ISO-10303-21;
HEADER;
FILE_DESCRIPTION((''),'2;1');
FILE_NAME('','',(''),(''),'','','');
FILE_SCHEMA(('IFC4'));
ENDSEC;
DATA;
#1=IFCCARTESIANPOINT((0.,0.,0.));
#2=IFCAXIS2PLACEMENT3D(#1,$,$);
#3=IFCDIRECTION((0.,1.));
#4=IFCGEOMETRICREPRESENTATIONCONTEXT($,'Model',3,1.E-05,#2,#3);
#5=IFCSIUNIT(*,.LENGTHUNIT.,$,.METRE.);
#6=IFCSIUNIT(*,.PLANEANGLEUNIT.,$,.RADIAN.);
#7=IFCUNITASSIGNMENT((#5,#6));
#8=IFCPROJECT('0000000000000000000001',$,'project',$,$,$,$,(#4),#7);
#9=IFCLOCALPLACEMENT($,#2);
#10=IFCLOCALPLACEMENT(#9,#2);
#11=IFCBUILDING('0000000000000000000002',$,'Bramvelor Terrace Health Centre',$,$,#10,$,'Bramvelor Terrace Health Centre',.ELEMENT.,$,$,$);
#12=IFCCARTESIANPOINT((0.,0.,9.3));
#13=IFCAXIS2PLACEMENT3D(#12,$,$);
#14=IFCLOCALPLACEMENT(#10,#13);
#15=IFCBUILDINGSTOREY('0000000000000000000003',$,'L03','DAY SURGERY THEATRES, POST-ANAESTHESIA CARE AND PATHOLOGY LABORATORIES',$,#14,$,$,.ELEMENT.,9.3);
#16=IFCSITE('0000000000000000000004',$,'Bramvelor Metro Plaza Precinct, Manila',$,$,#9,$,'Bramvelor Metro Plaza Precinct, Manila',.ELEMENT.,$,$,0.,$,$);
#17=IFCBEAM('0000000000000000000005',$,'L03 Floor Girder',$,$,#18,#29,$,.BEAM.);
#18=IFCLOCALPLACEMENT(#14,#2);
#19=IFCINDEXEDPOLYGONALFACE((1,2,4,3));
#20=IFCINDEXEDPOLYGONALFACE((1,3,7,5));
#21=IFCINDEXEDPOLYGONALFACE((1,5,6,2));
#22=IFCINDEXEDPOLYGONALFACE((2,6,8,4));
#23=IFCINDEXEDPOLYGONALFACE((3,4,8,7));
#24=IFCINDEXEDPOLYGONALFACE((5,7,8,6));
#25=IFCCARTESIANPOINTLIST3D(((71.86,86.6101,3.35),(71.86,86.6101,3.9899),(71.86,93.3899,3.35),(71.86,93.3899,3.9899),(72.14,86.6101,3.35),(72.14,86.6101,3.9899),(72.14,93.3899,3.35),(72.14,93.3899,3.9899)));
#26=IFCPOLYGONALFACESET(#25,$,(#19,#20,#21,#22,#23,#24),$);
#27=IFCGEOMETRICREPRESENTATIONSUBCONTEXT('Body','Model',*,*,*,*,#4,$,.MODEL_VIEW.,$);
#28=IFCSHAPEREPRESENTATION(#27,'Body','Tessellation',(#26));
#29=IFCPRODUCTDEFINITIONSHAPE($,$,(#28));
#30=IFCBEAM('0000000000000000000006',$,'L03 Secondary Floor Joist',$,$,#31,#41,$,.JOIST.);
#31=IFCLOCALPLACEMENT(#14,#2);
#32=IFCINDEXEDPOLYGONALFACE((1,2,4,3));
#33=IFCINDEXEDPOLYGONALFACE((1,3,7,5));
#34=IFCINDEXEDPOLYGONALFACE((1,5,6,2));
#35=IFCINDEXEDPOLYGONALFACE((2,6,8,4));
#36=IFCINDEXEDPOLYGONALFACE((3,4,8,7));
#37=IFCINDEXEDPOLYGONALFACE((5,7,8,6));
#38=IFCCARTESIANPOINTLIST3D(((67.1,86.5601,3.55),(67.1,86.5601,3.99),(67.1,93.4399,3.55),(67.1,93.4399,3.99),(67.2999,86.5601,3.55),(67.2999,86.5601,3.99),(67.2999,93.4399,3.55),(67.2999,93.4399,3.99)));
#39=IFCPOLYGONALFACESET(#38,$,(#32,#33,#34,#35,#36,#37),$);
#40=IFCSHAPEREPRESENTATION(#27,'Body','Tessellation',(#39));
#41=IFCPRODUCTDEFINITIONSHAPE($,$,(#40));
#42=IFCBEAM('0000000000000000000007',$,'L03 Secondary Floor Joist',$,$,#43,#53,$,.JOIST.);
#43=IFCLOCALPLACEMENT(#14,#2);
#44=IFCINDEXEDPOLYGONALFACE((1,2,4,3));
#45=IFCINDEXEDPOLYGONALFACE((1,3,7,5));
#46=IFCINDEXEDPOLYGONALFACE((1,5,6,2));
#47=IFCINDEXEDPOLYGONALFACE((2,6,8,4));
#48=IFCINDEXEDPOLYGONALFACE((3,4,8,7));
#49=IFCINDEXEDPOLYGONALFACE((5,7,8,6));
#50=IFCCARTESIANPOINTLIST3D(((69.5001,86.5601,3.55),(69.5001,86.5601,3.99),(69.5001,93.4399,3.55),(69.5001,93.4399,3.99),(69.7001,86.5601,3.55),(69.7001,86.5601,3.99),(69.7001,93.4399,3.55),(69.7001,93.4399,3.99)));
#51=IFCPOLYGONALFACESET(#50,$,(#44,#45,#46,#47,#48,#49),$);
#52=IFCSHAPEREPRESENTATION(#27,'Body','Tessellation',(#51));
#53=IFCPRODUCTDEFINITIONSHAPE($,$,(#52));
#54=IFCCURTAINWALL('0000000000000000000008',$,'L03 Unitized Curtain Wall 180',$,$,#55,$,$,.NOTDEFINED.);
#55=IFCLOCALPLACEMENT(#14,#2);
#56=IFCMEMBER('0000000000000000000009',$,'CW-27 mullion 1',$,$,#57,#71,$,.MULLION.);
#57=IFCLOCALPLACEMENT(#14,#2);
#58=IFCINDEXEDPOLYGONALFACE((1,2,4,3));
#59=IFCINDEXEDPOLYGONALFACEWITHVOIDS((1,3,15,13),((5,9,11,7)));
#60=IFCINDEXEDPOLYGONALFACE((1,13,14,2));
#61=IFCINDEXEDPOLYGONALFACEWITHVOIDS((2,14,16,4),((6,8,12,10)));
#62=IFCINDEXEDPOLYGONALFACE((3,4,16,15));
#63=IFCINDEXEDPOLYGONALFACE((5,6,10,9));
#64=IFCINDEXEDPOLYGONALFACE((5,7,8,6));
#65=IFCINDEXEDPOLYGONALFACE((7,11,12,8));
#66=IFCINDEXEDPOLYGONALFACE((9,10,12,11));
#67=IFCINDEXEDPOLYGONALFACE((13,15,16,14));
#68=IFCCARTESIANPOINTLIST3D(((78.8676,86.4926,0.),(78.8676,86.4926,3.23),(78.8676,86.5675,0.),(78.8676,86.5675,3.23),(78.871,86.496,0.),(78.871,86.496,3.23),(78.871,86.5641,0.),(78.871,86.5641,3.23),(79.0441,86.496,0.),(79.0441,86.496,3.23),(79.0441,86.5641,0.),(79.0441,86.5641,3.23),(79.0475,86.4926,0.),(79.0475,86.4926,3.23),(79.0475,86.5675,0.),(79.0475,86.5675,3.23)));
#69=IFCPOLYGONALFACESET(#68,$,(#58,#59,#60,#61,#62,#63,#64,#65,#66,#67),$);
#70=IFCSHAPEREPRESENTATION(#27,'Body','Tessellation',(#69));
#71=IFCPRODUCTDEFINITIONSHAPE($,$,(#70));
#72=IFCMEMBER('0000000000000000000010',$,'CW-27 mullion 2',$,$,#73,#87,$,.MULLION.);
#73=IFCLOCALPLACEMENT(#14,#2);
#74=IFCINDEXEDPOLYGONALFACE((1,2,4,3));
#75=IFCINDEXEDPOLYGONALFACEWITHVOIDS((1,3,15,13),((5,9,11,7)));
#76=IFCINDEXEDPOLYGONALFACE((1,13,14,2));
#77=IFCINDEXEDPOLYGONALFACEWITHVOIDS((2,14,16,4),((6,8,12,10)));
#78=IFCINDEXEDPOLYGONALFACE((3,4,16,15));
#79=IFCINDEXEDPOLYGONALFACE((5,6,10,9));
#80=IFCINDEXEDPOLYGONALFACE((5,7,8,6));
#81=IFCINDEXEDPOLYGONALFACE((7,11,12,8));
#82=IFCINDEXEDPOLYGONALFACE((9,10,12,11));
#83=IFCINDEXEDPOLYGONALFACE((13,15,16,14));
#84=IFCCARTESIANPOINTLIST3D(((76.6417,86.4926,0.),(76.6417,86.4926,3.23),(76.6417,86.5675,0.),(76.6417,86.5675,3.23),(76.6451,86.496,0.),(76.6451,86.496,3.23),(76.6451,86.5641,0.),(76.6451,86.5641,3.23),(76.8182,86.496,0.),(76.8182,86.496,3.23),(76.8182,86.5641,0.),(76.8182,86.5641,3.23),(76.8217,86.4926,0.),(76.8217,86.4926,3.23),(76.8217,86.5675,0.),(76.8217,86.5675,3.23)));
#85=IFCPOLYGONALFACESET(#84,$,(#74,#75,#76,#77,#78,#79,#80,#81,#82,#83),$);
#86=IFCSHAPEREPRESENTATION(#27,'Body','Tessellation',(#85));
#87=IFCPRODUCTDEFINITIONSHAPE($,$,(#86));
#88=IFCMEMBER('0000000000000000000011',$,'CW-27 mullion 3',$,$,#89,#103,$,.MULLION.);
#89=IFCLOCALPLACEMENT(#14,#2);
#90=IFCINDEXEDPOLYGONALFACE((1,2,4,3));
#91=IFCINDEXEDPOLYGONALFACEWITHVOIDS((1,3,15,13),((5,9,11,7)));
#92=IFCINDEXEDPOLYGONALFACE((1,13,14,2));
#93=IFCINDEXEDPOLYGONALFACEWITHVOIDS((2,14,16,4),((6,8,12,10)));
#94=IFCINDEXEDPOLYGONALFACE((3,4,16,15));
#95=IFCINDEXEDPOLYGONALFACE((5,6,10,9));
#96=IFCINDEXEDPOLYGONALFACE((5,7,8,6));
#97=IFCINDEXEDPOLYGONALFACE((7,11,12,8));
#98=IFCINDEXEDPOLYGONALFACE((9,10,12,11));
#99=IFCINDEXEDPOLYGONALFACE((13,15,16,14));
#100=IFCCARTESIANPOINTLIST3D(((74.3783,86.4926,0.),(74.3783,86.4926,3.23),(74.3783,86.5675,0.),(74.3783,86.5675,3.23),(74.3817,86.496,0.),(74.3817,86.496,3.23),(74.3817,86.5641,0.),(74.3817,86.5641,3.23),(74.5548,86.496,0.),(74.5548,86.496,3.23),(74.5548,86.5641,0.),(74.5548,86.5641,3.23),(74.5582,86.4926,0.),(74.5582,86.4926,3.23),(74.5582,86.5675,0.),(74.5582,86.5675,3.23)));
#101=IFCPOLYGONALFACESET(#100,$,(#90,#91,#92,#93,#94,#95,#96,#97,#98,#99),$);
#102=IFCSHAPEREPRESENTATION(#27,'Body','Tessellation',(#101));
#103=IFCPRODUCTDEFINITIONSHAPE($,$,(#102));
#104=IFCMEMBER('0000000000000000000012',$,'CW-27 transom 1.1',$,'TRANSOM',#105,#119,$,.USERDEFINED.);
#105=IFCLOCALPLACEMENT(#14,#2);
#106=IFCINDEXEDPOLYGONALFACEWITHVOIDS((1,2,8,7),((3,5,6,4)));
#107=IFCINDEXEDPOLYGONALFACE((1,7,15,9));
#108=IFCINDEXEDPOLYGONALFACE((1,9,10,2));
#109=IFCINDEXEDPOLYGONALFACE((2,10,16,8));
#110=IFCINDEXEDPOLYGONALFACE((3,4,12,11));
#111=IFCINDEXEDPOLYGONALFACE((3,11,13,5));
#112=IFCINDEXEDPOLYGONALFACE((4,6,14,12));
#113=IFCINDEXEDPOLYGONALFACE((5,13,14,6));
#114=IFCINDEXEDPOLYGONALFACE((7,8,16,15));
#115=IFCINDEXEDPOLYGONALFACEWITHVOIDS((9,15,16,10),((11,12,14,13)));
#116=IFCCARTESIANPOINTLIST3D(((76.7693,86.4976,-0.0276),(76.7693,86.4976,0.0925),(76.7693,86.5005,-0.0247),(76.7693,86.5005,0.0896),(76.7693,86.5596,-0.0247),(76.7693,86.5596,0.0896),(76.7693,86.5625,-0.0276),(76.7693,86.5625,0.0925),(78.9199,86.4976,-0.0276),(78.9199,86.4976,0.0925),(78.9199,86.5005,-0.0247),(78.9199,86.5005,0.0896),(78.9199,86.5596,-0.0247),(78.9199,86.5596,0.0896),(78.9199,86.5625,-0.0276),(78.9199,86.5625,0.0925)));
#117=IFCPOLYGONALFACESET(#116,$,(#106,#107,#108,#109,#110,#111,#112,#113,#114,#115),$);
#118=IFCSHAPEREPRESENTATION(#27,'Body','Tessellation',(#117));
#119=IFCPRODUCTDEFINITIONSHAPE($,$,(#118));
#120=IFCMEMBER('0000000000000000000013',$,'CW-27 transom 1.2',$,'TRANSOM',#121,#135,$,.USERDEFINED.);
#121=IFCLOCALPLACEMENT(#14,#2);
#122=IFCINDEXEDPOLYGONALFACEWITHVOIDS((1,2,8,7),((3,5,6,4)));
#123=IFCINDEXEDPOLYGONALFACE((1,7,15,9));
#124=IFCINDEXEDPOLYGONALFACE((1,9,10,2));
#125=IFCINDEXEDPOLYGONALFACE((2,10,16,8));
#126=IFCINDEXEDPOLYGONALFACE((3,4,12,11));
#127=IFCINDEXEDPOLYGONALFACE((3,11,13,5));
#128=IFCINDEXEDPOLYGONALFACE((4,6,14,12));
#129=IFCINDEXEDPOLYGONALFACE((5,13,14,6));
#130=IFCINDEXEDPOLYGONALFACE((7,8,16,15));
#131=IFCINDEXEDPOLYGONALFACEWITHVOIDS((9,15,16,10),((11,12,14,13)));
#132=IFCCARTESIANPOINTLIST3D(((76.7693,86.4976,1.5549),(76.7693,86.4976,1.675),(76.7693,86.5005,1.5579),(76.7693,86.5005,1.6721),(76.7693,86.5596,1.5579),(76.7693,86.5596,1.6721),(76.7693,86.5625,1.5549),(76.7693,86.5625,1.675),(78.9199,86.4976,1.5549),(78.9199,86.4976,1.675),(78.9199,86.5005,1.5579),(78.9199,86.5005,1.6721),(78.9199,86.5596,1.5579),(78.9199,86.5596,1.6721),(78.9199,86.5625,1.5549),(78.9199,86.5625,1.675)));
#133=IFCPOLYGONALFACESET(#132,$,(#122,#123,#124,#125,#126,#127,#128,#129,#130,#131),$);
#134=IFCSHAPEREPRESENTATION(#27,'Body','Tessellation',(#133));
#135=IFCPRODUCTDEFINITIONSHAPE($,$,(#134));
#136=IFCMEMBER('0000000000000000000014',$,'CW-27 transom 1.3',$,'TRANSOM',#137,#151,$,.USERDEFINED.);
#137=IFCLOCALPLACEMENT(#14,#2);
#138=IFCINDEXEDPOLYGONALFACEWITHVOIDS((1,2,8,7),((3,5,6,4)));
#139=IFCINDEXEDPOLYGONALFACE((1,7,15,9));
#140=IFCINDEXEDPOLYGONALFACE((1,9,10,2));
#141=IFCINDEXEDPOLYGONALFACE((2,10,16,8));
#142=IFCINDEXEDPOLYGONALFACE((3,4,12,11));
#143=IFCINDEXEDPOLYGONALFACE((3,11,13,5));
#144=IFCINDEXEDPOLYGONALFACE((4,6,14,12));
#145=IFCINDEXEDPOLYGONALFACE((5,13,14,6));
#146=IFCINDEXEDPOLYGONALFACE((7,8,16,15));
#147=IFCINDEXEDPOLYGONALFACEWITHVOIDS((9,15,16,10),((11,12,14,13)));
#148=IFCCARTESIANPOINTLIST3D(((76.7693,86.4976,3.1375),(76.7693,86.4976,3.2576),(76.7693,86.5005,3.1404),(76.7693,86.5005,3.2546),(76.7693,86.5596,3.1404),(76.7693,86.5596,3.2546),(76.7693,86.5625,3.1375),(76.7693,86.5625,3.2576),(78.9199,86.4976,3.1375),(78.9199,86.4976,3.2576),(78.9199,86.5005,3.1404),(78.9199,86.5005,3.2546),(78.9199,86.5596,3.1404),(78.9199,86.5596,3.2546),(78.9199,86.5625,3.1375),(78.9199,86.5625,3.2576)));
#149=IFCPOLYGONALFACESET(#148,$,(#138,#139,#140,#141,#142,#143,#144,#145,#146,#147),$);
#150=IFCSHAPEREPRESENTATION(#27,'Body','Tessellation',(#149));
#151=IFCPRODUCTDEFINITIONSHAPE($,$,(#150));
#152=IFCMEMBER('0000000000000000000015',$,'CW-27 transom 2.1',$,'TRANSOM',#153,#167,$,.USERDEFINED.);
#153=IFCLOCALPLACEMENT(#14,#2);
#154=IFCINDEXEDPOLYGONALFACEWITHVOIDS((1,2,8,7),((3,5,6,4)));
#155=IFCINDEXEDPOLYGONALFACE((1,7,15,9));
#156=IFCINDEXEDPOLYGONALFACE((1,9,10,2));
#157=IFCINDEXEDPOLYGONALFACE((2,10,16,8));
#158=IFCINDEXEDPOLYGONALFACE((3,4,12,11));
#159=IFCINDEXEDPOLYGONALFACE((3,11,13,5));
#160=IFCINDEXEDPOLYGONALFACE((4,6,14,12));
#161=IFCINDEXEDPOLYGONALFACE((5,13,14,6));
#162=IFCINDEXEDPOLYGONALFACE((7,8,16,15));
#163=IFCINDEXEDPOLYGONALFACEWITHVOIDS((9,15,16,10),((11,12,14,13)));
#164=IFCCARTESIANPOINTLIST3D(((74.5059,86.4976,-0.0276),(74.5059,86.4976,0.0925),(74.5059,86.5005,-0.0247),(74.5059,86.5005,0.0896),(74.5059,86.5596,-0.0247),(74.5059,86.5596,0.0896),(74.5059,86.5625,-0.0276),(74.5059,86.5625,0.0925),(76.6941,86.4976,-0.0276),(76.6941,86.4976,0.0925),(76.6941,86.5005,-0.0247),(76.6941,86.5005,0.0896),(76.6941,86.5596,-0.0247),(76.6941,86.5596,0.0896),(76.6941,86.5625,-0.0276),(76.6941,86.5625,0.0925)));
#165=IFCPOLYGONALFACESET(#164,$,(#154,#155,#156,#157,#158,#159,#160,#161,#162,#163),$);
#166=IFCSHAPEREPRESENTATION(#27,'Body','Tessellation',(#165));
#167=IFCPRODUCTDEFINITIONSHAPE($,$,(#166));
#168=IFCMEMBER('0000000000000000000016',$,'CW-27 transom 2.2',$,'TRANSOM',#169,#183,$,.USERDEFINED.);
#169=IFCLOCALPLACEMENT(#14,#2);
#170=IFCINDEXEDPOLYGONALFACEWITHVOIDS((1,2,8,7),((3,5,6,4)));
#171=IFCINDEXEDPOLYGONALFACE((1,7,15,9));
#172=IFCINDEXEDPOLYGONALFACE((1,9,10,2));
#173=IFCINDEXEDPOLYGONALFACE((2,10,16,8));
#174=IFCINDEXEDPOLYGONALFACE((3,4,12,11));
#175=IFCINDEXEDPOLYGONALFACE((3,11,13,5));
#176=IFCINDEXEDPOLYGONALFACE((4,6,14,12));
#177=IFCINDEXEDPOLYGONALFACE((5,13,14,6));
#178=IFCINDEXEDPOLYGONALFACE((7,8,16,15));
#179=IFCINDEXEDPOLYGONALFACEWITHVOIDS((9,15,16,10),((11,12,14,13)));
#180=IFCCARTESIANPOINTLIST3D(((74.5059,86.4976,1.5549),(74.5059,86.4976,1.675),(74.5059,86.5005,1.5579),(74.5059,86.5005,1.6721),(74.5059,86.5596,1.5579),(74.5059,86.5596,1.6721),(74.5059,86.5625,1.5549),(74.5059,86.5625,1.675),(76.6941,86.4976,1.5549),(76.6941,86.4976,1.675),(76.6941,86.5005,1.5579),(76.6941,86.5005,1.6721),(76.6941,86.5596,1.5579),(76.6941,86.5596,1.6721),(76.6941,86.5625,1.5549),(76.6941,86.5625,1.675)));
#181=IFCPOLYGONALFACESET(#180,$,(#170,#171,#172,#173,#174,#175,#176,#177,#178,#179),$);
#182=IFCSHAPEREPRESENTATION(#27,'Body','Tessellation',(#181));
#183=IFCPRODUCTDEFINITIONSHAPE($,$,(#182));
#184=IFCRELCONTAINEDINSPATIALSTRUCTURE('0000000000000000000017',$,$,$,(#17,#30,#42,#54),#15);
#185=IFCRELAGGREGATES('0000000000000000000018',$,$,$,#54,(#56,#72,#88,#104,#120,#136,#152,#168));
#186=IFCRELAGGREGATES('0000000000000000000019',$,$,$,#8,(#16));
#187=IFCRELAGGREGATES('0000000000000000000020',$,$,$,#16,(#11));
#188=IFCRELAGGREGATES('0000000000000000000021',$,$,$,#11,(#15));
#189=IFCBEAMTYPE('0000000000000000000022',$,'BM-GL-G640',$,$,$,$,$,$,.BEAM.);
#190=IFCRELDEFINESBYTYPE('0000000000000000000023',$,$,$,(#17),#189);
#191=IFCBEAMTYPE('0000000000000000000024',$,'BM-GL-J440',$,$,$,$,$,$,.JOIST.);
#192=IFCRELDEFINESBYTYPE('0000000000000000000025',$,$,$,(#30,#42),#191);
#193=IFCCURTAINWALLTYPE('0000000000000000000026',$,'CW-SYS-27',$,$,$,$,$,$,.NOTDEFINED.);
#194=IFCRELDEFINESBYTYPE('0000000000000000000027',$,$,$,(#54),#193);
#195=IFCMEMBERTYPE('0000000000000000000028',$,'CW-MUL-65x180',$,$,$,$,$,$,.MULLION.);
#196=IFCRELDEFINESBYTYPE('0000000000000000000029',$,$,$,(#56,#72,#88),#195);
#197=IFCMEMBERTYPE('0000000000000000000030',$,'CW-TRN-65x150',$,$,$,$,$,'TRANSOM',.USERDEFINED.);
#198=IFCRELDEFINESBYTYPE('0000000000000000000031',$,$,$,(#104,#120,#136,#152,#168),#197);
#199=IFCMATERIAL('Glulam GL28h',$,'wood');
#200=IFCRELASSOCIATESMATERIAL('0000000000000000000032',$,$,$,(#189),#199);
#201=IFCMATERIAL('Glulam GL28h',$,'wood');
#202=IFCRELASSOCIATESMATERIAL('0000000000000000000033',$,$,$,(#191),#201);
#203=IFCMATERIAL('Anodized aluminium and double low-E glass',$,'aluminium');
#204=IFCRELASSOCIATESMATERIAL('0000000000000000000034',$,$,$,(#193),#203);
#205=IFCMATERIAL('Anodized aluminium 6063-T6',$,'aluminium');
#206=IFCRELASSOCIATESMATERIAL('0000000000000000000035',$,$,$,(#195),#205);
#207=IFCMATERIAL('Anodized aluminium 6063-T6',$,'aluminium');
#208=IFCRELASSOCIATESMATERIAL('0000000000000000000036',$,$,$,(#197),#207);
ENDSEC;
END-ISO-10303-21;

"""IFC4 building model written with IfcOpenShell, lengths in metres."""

from ifc_helpers import new_model, si_unit, direction, frame, origin, origin_2d, place, context, subcontext, project, spatial, rectangle, hollow_rectangle, extrude, material, material_profile, profile_set, type_object, element, aggregate, save


model = new_model("IFC4")

# Units and contexts
model_context = context("Model", 3, precision=1e-05, world=origin(), true_north=direction((0.0, 1.0)))
body_context = subcontext(model_context, "Body", "Model", "MODEL_VIEW")
ifc_project = project(units=[si_unit("LENGTHUNIT", "METRE"), si_unit("PLANEANGLEUNIT", "RADIAN")], contexts=[model_context])

# Site, building, storey
site_placement = place(None, origin())
site = spatial("IfcSite", under=ifc_project, at=site_placement, Name="Bramvelor Metro Plaza Precinct, Manila", LongName="Bramvelor Metro Plaza Precinct, Manila", CompositionType="ELEMENT", RefElevation=0.0)
building_placement = place(site_placement, origin())
building = spatial("IfcBuilding", under=site, at=building_placement, Name="Bramvelor Terrace Health Centre", LongName="Bramvelor Terrace Health Centre", CompositionType="ELEMENT")
storey_placement = place(building_placement, frame((0.0, 0.0, 9.3)))
storey = spatial("IfcBuildingStorey", under=building, at=storey_placement, Name="L03", Description="DAY SURGERY THEATRES, POST-ANAESTHESIA CARE AND PATHOLOGY LABORATORIES", CompositionType="ELEMENT", Elevation=9.3)

# Beams
ifc_material_1 = material(Name="Glulam GL28h", Category="wood")
ifc_material_profile_1 = material_profile(ifc_material_1, rectangle(XDim=0.28, YDim=0.6399, at=origin_2d()), Name="GL 280x640")
ifc_profile_set_1 = profile_set([ifc_material_profile_1], Name="Glulam GL28h")
beam_type_1 = type_object("IfcBeamType", Name="BM-GL-G640", PredefinedType="BEAM", material=ifc_profile_set_1)
beam_placement = place(storey_placement, frame((72.0, 86.6101, 3.6699), z_axis=(0.0, 1.0, 0.0), x_axis=(-1.0, 0.0, 0.0)))
element("IfcBeam", 1, at=beam_placement, inside=storey, type_object=beam_type_1, Name="L03 Floor Girder", PredefinedType="BEAM", context=body_context, shape_type="SweptSolid", body=[
    extrude(rectangle(XDim=0.28, YDim=0.6399, at=origin_2d()), origin(), (0.0, 0.0, 1.0), 6.7798),
])
ifc_material_2 = material(Name="Glulam GL28h", Category="wood")
ifc_material_profile_2 = material_profile(ifc_material_2, rectangle(XDim=0.2, YDim=0.4399, at=origin_2d()), Name="GL 200x440")
ifc_profile_set_2 = profile_set([ifc_material_profile_2], Name="Glulam GL28h")
beam_type_2 = type_object("IfcBeamType", Name="BM-GL-J440", PredefinedType="JOIST", material=ifc_profile_set_2)
for number, where, z_axis, x_axis, name in (
    (2, (67.2, 86.5601, 3.77), (0.0, 1.0, 0.0), (-1.0, 0.0, 0.0), "L03 Secondary Floor Joist"),
    (3, (69.6001, 86.5601, 3.77), (0.0, 1.0, 0.0), (-1.0, 0.0, 0.0), "L03 Secondary Floor Joist"),
):
    element("IfcBeam", number, at=place(storey_placement, frame(where, z_axis=z_axis, x_axis=x_axis)), inside=storey, type_object=beam_type_2, Name=name, PredefinedType="JOIST", context=body_context, shape_type="SweptSolid", body=[
        extrude(rectangle(XDim=0.2, YDim=0.4399, at=origin_2d()), origin(), (0.0, 0.0, 1.0), 6.8799),
    ])

# Curtain wall, members
ifc_material_3 = material(Name="Anodized aluminium and double low-E glass", Category="aluminium")
curtain_wall_type = type_object("IfcCurtainWallType", Name="CW-SYS-27", PredefinedType="NOTDEFINED", material=ifc_material_3)
curtain_wall_placement = place(storey_placement, origin())
curtain_wall = element("IfcCurtainWall", 4, at=curtain_wall_placement, inside=storey, type_object=curtain_wall_type, Name="L03 Unitized Curtain Wall 180", PredefinedType="NOTDEFINED")
ifc_material_4 = material(Name="Anodized aluminium 6063-T6", Category="aluminium")
ifc_material_profile_3 = material_profile(ifc_material_4, hollow_rectangle(XDim=0.075, YDim=0.1799, WallThickness=0.0034, at=origin_2d()), Name="ALU-MUL 75x180x3.5")
ifc_profile_set_3 = profile_set([ifc_material_profile_3], Name="Anodized aluminium 6063-T6")
member_type_1 = type_object("IfcMemberType", Name="CW-MUL-65x180", PredefinedType="MULLION", material=ifc_profile_set_3)
member_1_placement = place(storey_placement, frame((78.9575, 86.53, 0.0), z_axis=(0.0, 0.0, 1.0), x_axis=(0.0, -1.0, 0.0)))
member_1 = element("IfcMember", 5, at=member_1_placement, type_object=member_type_1, Name="CW-27 mullion 1", PredefinedType="MULLION", context=body_context, shape_type="SweptSolid", body=[
    extrude(hollow_rectangle(XDim=0.075, YDim=0.1799, WallThickness=0.0034, at=origin_2d()), origin(), (0.0, 0.0, 1.0), 3.23),
])
member_2_placement = place(storey_placement, frame((76.7317, 86.53, 0.0), z_axis=(0.0, 0.0, 1.0), x_axis=(0.0, -1.0, 0.0)))
member_2 = element("IfcMember", 6, at=member_2_placement, type_object=member_type_1, Name="CW-27 mullion 2", PredefinedType="MULLION", context=body_context, shape_type="SweptSolid", body=[
    extrude(hollow_rectangle(XDim=0.075, YDim=0.1799, WallThickness=0.0034, at=origin_2d()), origin(), (0.0, 0.0, 1.0), 3.23),
])
member_3_placement = place(storey_placement, frame((74.4683, 86.53, 0.0), z_axis=(0.0, 0.0, 1.0), x_axis=(0.0, -1.0, 0.0)))
member_3 = element("IfcMember", 7, at=member_3_placement, type_object=member_type_1, Name="CW-27 mullion 3", PredefinedType="MULLION", context=body_context, shape_type="SweptSolid", body=[
    extrude(hollow_rectangle(XDim=0.075, YDim=0.1799, WallThickness=0.0034, at=origin_2d()), origin(), (0.0, 0.0, 1.0), 3.23),
])
ifc_material_5 = material(Name="Anodized aluminium 6063-T6", Category="aluminium")
ifc_material_profile_4 = material_profile(ifc_material_5, hollow_rectangle(XDim=0.0649, YDim=0.1201, WallThickness=0.0029, at=origin_2d()), Name="ALU-TRN 65x120x3.0")
ifc_profile_set_4 = profile_set([ifc_material_profile_4], Name="Anodized aluminium 6063-T6")
member_type_2 = type_object("IfcMemberType", Name="CW-TRN-65x150", ElementType="TRANSOM", PredefinedType="USERDEFINED", material=ifc_profile_set_4)
member_4_placement = place(storey_placement, frame((78.9199, 86.53, 0.0325), z_axis=(-1.0, 0.0, 0.0), x_axis=(0.0, -1.0, 0.0)))
member_4 = element("IfcMember", 8, at=member_4_placement, type_object=member_type_2, Name="CW-27 transom 1.1", ObjectType="TRANSOM", PredefinedType="USERDEFINED", context=body_context, shape_type="SweptSolid", body=[
    extrude(hollow_rectangle(XDim=0.0649, YDim=0.1201, WallThickness=0.0029, at=origin_2d()), origin(), (0.0, 0.0, 1.0), 2.1506),
])
member_5_placement = place(storey_placement, frame((78.9199, 86.53, 1.615), z_axis=(-1.0, 0.0, 0.0), x_axis=(0.0, -1.0, 0.0)))
member_5 = element("IfcMember", 9, at=member_5_placement, type_object=member_type_2, Name="CW-27 transom 1.2", ObjectType="TRANSOM", PredefinedType="USERDEFINED", context=body_context, shape_type="SweptSolid", body=[
    extrude(hollow_rectangle(XDim=0.0649, YDim=0.1201, WallThickness=0.0029, at=origin_2d()), origin(), (0.0, 0.0, 1.0), 2.1506),
])
member_6_placement = place(storey_placement, frame((78.9199, 86.53, 3.1975), z_axis=(-1.0, 0.0, 0.0), x_axis=(0.0, -1.0, 0.0)))
member_6 = element("IfcMember", 10, at=member_6_placement, type_object=member_type_2, Name="CW-27 transom 1.3", ObjectType="TRANSOM", PredefinedType="USERDEFINED", context=body_context, shape_type="SweptSolid", body=[
    extrude(hollow_rectangle(XDim=0.0649, YDim=0.1201, WallThickness=0.0029, at=origin_2d()), origin(), (0.0, 0.0, 1.0), 2.1506),
])
member_7_placement = place(storey_placement, frame((76.6941, 86.53, 0.0325), z_axis=(-1.0, 0.0, 0.0), x_axis=(0.0, -1.0, 0.0)))
member_7 = element("IfcMember", 11, at=member_7_placement, type_object=member_type_2, Name="CW-27 transom 2.1", ObjectType="TRANSOM", PredefinedType="USERDEFINED", context=body_context, shape_type="SweptSolid", body=[
    extrude(hollow_rectangle(XDim=0.0649, YDim=0.1201, WallThickness=0.0029, at=origin_2d()), origin(), (0.0, 0.0, 1.0), 2.1882),
])
member_8_placement = place(storey_placement, frame((76.6941, 86.53, 1.615), z_axis=(-1.0, 0.0, 0.0), x_axis=(0.0, -1.0, 0.0)))
member_8 = element("IfcMember", 12, at=member_8_placement, type_object=member_type_2, Name="CW-27 transom 2.2", ObjectType="TRANSOM", PredefinedType="USERDEFINED", context=body_context, shape_type="SweptSolid", body=[
    extrude(hollow_rectangle(XDim=0.0649, YDim=0.1201, WallThickness=0.0029, at=origin_2d()), origin(), (0.0, 0.0, 1.0), 2.1882),
])
aggregate(curtain_wall, [member_1, member_2, member_3, member_4, member_5, member_6, member_7, member_8])

save(model, "model.ifc")
